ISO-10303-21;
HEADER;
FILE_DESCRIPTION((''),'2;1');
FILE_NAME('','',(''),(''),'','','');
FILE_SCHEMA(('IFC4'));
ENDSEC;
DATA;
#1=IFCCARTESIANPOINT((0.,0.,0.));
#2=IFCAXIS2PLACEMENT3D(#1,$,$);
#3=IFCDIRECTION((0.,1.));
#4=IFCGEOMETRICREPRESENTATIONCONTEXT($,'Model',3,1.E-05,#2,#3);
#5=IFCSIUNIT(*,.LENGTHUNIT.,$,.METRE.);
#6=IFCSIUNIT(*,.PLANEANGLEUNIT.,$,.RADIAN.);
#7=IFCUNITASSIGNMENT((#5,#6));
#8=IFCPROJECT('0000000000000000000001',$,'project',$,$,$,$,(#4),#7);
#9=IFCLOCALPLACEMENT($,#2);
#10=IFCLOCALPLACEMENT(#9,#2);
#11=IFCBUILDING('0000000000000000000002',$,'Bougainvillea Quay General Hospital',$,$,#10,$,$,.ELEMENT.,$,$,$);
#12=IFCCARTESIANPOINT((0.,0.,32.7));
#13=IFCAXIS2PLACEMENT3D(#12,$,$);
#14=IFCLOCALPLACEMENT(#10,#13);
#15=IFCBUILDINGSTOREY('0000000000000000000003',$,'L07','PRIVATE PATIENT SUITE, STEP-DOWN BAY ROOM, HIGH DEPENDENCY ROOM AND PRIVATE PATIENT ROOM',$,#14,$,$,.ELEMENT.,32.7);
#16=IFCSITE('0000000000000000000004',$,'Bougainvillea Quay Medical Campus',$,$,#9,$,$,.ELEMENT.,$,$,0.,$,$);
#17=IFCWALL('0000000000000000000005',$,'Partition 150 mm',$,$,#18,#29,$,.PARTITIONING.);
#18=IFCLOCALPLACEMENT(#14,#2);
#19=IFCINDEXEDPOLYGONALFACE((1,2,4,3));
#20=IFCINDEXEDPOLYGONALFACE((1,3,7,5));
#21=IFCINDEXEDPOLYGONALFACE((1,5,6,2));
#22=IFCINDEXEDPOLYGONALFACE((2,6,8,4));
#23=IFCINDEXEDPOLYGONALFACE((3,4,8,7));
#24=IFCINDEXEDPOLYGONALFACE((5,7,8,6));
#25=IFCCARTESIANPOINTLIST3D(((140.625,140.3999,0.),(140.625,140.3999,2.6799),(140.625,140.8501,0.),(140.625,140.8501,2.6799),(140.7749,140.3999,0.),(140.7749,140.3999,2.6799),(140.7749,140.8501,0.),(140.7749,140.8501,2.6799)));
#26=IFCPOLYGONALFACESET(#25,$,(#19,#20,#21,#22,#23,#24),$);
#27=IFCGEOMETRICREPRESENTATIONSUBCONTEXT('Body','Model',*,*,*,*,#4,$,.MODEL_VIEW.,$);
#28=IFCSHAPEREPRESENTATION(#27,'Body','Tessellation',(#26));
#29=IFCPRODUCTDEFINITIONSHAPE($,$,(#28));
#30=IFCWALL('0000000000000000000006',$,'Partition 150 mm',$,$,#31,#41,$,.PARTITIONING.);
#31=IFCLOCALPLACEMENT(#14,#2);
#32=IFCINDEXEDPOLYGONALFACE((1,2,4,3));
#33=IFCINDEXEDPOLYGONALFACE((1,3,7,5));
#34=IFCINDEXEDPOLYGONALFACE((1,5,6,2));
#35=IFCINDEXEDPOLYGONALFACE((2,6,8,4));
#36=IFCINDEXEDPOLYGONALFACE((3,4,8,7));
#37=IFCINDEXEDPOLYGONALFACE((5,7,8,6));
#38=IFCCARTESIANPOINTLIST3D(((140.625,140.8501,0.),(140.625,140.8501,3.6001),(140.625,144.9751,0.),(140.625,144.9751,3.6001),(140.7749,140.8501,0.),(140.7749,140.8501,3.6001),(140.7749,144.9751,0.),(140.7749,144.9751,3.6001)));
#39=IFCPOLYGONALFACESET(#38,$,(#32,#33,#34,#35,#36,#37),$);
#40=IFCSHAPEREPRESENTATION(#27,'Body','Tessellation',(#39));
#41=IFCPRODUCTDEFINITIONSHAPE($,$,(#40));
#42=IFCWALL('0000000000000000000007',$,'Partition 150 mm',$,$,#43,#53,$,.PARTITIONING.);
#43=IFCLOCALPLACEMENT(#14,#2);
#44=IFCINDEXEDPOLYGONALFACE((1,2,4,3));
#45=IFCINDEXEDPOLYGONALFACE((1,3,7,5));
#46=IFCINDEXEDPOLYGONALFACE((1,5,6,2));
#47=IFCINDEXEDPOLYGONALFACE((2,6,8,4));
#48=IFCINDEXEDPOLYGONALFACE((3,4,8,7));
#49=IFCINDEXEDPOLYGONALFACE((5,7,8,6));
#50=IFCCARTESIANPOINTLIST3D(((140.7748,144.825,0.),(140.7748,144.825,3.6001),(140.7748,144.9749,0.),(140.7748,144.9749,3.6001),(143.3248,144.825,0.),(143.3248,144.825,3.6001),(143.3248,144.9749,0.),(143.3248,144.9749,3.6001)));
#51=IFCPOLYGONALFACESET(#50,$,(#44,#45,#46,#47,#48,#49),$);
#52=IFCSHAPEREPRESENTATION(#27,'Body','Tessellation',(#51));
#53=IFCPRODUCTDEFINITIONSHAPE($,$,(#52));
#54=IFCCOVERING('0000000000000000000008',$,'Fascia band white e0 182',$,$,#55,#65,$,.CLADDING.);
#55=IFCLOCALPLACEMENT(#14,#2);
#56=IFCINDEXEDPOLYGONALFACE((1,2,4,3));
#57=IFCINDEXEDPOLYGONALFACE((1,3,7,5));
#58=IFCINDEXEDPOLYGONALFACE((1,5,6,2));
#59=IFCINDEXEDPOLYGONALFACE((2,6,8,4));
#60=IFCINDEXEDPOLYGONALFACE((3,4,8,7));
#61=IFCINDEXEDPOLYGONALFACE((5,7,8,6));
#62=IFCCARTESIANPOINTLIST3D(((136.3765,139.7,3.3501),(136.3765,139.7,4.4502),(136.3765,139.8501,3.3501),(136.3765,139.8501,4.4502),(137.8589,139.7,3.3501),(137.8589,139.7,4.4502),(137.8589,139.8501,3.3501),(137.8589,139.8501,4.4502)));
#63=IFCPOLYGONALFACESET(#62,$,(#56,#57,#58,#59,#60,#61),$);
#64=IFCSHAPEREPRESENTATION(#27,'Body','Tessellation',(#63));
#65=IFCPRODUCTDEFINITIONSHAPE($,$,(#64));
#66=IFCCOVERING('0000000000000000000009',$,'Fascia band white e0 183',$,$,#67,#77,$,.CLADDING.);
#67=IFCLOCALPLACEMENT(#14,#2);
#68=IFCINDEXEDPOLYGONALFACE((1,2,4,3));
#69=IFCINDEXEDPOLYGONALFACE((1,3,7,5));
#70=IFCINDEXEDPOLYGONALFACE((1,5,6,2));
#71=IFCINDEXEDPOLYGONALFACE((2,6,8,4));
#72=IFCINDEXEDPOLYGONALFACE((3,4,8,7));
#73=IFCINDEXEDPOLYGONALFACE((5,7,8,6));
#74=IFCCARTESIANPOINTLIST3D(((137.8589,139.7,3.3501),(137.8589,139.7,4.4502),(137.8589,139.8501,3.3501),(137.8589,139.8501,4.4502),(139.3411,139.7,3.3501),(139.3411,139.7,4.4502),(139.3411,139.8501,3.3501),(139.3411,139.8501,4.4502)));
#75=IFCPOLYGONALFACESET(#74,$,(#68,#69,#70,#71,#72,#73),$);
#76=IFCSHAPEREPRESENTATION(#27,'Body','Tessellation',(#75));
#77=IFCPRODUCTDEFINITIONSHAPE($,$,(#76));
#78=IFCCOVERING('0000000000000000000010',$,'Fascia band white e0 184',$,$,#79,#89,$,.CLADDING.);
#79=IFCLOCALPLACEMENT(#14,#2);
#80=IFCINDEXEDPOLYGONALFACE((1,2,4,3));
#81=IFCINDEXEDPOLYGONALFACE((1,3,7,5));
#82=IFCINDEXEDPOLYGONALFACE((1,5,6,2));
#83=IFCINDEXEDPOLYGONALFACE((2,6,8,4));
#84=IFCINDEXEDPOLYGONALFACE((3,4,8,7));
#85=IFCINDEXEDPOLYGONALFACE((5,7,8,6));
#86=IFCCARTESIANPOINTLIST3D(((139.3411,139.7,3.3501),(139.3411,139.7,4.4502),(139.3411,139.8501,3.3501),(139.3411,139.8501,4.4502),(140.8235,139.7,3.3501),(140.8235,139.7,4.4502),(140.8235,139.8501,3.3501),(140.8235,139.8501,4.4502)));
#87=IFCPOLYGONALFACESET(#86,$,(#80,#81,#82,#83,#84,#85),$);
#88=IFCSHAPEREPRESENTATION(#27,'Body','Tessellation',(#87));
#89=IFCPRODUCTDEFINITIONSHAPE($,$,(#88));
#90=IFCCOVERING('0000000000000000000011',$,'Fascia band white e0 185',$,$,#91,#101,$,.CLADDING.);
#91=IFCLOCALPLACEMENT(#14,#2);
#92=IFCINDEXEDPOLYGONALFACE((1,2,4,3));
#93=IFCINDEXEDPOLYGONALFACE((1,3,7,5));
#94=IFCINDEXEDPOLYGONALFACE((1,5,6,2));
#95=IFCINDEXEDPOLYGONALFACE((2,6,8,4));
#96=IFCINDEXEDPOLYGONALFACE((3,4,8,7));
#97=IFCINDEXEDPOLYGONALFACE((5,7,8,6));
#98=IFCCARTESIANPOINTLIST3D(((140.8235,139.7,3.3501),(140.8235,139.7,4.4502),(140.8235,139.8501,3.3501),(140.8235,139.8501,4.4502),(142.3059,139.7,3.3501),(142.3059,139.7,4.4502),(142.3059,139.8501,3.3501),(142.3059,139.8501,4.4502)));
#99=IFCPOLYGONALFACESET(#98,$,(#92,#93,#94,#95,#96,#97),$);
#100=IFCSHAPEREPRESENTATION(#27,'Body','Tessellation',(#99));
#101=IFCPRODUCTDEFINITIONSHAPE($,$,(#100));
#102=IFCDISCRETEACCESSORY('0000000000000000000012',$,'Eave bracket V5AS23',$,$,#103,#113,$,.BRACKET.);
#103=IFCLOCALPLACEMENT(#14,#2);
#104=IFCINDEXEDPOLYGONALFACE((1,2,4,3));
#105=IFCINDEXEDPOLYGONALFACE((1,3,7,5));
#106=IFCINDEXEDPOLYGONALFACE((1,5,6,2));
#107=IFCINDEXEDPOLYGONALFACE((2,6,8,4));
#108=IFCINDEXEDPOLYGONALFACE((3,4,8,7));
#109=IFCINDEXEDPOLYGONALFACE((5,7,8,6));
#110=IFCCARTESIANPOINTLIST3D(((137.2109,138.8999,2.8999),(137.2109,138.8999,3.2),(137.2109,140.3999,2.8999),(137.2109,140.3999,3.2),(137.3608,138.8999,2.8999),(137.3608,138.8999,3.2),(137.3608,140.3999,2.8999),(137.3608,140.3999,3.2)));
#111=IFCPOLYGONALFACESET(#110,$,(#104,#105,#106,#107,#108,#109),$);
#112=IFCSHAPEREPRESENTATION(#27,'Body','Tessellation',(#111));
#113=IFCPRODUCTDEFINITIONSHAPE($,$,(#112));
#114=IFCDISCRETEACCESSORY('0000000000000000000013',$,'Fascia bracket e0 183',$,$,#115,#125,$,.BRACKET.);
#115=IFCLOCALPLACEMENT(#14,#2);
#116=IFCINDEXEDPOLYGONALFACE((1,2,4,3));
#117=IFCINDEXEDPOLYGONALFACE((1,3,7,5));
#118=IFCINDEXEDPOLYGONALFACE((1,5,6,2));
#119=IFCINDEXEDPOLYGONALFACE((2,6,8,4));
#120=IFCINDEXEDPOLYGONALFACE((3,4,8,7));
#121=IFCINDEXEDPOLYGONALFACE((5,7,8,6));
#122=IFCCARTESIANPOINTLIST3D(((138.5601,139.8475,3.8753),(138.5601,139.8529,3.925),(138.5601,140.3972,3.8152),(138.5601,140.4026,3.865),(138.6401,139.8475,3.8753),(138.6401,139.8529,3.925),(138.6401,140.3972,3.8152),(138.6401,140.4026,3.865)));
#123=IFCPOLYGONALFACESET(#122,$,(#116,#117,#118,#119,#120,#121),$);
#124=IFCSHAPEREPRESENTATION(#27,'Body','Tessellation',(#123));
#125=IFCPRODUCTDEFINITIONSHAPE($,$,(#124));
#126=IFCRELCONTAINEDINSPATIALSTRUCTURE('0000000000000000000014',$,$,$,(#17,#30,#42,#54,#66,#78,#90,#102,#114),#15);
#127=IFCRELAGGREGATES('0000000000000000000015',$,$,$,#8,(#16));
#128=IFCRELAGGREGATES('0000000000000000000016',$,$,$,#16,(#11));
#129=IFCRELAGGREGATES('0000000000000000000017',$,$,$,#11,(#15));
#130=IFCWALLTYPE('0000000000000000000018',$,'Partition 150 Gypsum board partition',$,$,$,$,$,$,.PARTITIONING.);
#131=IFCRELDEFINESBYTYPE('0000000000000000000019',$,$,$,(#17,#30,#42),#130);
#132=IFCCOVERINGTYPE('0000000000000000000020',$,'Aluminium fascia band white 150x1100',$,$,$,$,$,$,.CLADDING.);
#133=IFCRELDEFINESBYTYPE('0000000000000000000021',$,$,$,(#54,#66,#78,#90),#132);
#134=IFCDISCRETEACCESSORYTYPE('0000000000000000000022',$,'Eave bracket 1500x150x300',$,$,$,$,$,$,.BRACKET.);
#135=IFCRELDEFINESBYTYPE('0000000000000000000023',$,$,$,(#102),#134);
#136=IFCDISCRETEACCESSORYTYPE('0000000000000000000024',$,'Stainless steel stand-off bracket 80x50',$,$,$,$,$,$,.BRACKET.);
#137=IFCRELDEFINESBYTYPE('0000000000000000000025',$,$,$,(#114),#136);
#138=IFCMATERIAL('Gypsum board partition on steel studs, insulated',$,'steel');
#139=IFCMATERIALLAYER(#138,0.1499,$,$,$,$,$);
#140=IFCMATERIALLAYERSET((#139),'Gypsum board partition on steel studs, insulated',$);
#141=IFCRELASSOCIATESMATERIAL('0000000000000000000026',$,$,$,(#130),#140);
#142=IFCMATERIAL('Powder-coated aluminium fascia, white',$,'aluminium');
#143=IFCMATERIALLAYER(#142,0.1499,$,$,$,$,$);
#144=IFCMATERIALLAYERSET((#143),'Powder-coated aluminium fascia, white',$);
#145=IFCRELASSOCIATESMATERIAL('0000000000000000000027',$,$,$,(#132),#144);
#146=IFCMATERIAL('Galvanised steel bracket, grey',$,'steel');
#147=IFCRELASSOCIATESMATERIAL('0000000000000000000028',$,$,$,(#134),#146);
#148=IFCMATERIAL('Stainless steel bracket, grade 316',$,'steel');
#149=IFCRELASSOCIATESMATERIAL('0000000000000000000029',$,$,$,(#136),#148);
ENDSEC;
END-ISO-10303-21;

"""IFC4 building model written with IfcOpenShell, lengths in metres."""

from ifc_helpers import new_model, si_unit, direction, frame, frame_2d, origin, origin_2d, place, context, subcontext, project, spatial, polyline, rectangle, outline, extrude, material, layer, layer_set, material_profile, profile_set, type_object, element, save


model = new_model("IFC4")

# Units and contexts
model_context = context("Model", 3, precision=1e-05, world=origin(), true_north=direction((0.0, 1.0)))
body_context = subcontext(model_context, "Body", "Model", "MODEL_VIEW")
ifc_project = project(units=[si_unit("LENGTHUNIT", "METRE"), si_unit("PLANEANGLEUNIT", "RADIAN")], contexts=[model_context])

# Site, building, storey
site_placement = place(None, origin())
site = spatial("IfcSite", under=ifc_project, at=site_placement, Name="Bougainvillea Quay Medical Campus", CompositionType="ELEMENT", RefElevation=0.0)
building_placement = place(site_placement, origin())
building = spatial("IfcBuilding", under=site, at=building_placement, Name="Bougainvillea Quay General Hospital", CompositionType="ELEMENT")
storey_placement = place(building_placement, frame((0.0, 0.0, 32.7)))
storey = spatial("IfcBuildingStorey", under=building, at=storey_placement, Name="L07", Description="PRIVATE PATIENT SUITE, STEP-DOWN BAY ROOM, HIGH DEPENDENCY ROOM AND PRIVATE PATIENT ROOM", CompositionType="ELEMENT", Elevation=32.7)

# Walls
ifc_material_1 = material(Name="Gypsum board partition on steel studs, insulated", Category="steel")
ifc_layer_1 = layer(ifc_material_1, 0.1499)
ifc_layer_set_1 = layer_set([ifc_layer_1], Name="Gypsum board partition on steel studs, insulated")
wall_type_1 = type_object("IfcWallType", Name="Partition 150 Gypsum board partition", PredefinedType="PARTITIONING", material=ifc_layer_set_1)
wall_1_placement = place(storey_placement, frame((140.7, 140.3999, 0.0), z_axis=(0.0, 0.0, 1.0), x_axis=(0.0, 1.0, 0.0)))
element("IfcWall", 1, at=wall_1_placement, inside=storey, type_object=wall_type_1, Name="Partition 150 mm", PredefinedType="PARTITIONING", context=body_context, shape_type="SweptSolid", body=[
    extrude(rectangle(XDim=0.4502, YDim=0.1499, at=frame_2d((0.2251, 0.0))), origin(), (0.0, 0.0, 1.0), 2.6799),
])
wall_2_placement = place(storey_placement, frame((140.7, 140.8501, 0.0), z_axis=(0.0, 0.0, 1.0), x_axis=(0.0, 1.0, 0.0)))
element("IfcWall", 2, at=wall_2_placement, inside=storey, type_object=wall_type_1, Name="Partition 150 mm", PredefinedType="PARTITIONING", context=body_context, shape_type="SweptSolid", body=[
    extrude(rectangle(XDim=4.125, YDim=0.1499, at=frame_2d((2.0625, 0.0))), origin(), (0.0, 0.0, 1.0), 3.6001),
])
wall_3_placement = place(storey_placement, frame((140.7749, 144.8999, 0.0), z_axis=(0.0, 0.0, 1.0), x_axis=(1.0, 0.0, 0.0)))
element("IfcWall", 3, at=wall_3_placement, inside=storey, type_object=wall_type_1, Name="Partition 150 mm", PredefinedType="PARTITIONING", context=body_context, shape_type="SweptSolid", body=[
    extrude(rectangle(XDim=2.55, YDim=0.1499, at=frame_2d((1.2749, 0.0))), origin(), (0.0, 0.0, 1.0), 3.6001),
])

# Coverings
ifc_material_2 = material(Name="Powder-coated aluminium fascia, white", Category="aluminium")
ifc_layer_2 = layer(ifc_material_2, 0.1499)
ifc_layer_set_2 = layer_set([ifc_layer_2], Name="Powder-coated aluminium fascia, white")
covering_type = type_object("IfcCoveringType", Name="Aluminium fascia band white 150x1100", PredefinedType="CLADDING", material=ifc_layer_set_2)
covering_1_placement = place(storey_placement, frame((136.3765, 139.8501, 3.3501), z_axis=(0.0, 0.0, 1.0), x_axis=(1.0, 0.0, 0.0)))
element("IfcCovering", 4, at=covering_1_placement, inside=storey, type_object=covering_type, Name="Fascia band white e0 182", PredefinedType="CLADDING", context=body_context, shape_type="SweptSolid", body=[
    extrude(outline(polyline([(0.0, 0.0), (1.4824, 0.0), (1.4824, -0.1501), (0.0, -0.1501), (0.0, 0.0)])), origin(), (0.0, 0.0, 1.0), 1.1001),
])
covering_2_placement = place(storey_placement, frame((137.8589, 139.8501, 3.3501), z_axis=(0.0, 0.0, 1.0), x_axis=(1.0, 0.0, 0.0)))
element("IfcCovering", 5, at=covering_2_placement, inside=storey, type_object=covering_type, Name="Fascia band white e0 183", PredefinedType="CLADDING", context=body_context, shape_type="SweptSolid", body=[
    extrude(outline(polyline([(0.0, 0.0), (1.4822, 0.0), (1.4822, -0.1501), (0.0, -0.1501), (0.0, 0.0)])), origin(), (0.0, 0.0, 1.0), 1.1001),
])
for number, where, z_axis, x_axis, name in (
    (6, (139.3411, 139.8501, 3.3501), (0.0, 0.0, 1.0), (1.0, 0.0, 0.0), "Fascia band white e0 184"),
    (7, (140.8235, 139.8501, 3.3501), (0.0, 0.0, 1.0), (1.0, 0.0, 0.0), "Fascia band white e0 185"),
):
    element("IfcCovering", number, at=place(storey_placement, frame(where, z_axis=z_axis, x_axis=x_axis)), inside=storey, type_object=covering_type, Name=name, PredefinedType="CLADDING", context=body_context, shape_type="SweptSolid", body=[
        extrude(outline(polyline([(0.0, 0.0), (1.4824, 0.0), (1.4824, -0.1501), (0.0, -0.1501), (0.0, 0.0)])), origin(), (0.0, 0.0, 1.0), 1.1001),
    ])

# Discrete accessories
ifc_material_3 = material(Name="Galvanised steel bracket, grey", Category="steel")
discrete_accessory_type_1 = type_object("IfcDiscreteAccessoryType", Name="Eave bracket 1500x150x300", PredefinedType="BRACKET", material=ifc_material_3)
discrete_accessory_1_placement = place(storey_placement, frame((137.2859, 139.6499, 2.8999), z_axis=(0.0, 0.0, 1.0), x_axis=(1.0, 0.0, 0.0)))
element("IfcDiscreteAccessory", 8, at=discrete_accessory_1_placement, inside=storey, type_object=discrete_accessory_type_1, Name="Eave bracket V5AS23", PredefinedType="BRACKET", context=body_context, shape_type="SweptSolid", body=[
    extrude(rectangle(XDim=0.1499, YDim=1.5, at=origin_2d()), origin(), (0.0, 0.0, 1.0), 0.3),
])
ifc_material_4 = material(Name="Stainless steel bracket, grade 316", Category="steel")
ifc_material_profile_1 = material_profile(ifc_material_4, rectangle(XDim=0.0801, YDim=0.05, at=origin_2d()))
ifc_profile_set_1 = profile_set([ifc_material_profile_1], Name="Stainless steel bracket, grade 316")
discrete_accessory_type_2 = type_object("IfcDiscreteAccessoryType", Name="Stainless steel stand-off bracket 80x50", PredefinedType="BRACKET", material=ifc_profile_set_1)
discrete_accessory_2_placement = place(storey_placement, frame((138.6001, 140.3999, 3.8401), z_axis=(0.0, -0.994087, 0.10859), x_axis=(1.0, 0.0, 0.0)))
element("IfcDiscreteAccessory", 9, at=discrete_accessory_2_placement, inside=storey, type_object=discrete_accessory_type_2, Name="Fascia bracket e0 183", PredefinedType="BRACKET", context=body_context, shape_type="SweptSolid", body=[
    extrude(rectangle(XDim=0.0801, YDim=0.05, at=origin_2d()), origin(), (0.0, 0.0, 1.0), 0.553),
])

save(model, "model.ifc")
